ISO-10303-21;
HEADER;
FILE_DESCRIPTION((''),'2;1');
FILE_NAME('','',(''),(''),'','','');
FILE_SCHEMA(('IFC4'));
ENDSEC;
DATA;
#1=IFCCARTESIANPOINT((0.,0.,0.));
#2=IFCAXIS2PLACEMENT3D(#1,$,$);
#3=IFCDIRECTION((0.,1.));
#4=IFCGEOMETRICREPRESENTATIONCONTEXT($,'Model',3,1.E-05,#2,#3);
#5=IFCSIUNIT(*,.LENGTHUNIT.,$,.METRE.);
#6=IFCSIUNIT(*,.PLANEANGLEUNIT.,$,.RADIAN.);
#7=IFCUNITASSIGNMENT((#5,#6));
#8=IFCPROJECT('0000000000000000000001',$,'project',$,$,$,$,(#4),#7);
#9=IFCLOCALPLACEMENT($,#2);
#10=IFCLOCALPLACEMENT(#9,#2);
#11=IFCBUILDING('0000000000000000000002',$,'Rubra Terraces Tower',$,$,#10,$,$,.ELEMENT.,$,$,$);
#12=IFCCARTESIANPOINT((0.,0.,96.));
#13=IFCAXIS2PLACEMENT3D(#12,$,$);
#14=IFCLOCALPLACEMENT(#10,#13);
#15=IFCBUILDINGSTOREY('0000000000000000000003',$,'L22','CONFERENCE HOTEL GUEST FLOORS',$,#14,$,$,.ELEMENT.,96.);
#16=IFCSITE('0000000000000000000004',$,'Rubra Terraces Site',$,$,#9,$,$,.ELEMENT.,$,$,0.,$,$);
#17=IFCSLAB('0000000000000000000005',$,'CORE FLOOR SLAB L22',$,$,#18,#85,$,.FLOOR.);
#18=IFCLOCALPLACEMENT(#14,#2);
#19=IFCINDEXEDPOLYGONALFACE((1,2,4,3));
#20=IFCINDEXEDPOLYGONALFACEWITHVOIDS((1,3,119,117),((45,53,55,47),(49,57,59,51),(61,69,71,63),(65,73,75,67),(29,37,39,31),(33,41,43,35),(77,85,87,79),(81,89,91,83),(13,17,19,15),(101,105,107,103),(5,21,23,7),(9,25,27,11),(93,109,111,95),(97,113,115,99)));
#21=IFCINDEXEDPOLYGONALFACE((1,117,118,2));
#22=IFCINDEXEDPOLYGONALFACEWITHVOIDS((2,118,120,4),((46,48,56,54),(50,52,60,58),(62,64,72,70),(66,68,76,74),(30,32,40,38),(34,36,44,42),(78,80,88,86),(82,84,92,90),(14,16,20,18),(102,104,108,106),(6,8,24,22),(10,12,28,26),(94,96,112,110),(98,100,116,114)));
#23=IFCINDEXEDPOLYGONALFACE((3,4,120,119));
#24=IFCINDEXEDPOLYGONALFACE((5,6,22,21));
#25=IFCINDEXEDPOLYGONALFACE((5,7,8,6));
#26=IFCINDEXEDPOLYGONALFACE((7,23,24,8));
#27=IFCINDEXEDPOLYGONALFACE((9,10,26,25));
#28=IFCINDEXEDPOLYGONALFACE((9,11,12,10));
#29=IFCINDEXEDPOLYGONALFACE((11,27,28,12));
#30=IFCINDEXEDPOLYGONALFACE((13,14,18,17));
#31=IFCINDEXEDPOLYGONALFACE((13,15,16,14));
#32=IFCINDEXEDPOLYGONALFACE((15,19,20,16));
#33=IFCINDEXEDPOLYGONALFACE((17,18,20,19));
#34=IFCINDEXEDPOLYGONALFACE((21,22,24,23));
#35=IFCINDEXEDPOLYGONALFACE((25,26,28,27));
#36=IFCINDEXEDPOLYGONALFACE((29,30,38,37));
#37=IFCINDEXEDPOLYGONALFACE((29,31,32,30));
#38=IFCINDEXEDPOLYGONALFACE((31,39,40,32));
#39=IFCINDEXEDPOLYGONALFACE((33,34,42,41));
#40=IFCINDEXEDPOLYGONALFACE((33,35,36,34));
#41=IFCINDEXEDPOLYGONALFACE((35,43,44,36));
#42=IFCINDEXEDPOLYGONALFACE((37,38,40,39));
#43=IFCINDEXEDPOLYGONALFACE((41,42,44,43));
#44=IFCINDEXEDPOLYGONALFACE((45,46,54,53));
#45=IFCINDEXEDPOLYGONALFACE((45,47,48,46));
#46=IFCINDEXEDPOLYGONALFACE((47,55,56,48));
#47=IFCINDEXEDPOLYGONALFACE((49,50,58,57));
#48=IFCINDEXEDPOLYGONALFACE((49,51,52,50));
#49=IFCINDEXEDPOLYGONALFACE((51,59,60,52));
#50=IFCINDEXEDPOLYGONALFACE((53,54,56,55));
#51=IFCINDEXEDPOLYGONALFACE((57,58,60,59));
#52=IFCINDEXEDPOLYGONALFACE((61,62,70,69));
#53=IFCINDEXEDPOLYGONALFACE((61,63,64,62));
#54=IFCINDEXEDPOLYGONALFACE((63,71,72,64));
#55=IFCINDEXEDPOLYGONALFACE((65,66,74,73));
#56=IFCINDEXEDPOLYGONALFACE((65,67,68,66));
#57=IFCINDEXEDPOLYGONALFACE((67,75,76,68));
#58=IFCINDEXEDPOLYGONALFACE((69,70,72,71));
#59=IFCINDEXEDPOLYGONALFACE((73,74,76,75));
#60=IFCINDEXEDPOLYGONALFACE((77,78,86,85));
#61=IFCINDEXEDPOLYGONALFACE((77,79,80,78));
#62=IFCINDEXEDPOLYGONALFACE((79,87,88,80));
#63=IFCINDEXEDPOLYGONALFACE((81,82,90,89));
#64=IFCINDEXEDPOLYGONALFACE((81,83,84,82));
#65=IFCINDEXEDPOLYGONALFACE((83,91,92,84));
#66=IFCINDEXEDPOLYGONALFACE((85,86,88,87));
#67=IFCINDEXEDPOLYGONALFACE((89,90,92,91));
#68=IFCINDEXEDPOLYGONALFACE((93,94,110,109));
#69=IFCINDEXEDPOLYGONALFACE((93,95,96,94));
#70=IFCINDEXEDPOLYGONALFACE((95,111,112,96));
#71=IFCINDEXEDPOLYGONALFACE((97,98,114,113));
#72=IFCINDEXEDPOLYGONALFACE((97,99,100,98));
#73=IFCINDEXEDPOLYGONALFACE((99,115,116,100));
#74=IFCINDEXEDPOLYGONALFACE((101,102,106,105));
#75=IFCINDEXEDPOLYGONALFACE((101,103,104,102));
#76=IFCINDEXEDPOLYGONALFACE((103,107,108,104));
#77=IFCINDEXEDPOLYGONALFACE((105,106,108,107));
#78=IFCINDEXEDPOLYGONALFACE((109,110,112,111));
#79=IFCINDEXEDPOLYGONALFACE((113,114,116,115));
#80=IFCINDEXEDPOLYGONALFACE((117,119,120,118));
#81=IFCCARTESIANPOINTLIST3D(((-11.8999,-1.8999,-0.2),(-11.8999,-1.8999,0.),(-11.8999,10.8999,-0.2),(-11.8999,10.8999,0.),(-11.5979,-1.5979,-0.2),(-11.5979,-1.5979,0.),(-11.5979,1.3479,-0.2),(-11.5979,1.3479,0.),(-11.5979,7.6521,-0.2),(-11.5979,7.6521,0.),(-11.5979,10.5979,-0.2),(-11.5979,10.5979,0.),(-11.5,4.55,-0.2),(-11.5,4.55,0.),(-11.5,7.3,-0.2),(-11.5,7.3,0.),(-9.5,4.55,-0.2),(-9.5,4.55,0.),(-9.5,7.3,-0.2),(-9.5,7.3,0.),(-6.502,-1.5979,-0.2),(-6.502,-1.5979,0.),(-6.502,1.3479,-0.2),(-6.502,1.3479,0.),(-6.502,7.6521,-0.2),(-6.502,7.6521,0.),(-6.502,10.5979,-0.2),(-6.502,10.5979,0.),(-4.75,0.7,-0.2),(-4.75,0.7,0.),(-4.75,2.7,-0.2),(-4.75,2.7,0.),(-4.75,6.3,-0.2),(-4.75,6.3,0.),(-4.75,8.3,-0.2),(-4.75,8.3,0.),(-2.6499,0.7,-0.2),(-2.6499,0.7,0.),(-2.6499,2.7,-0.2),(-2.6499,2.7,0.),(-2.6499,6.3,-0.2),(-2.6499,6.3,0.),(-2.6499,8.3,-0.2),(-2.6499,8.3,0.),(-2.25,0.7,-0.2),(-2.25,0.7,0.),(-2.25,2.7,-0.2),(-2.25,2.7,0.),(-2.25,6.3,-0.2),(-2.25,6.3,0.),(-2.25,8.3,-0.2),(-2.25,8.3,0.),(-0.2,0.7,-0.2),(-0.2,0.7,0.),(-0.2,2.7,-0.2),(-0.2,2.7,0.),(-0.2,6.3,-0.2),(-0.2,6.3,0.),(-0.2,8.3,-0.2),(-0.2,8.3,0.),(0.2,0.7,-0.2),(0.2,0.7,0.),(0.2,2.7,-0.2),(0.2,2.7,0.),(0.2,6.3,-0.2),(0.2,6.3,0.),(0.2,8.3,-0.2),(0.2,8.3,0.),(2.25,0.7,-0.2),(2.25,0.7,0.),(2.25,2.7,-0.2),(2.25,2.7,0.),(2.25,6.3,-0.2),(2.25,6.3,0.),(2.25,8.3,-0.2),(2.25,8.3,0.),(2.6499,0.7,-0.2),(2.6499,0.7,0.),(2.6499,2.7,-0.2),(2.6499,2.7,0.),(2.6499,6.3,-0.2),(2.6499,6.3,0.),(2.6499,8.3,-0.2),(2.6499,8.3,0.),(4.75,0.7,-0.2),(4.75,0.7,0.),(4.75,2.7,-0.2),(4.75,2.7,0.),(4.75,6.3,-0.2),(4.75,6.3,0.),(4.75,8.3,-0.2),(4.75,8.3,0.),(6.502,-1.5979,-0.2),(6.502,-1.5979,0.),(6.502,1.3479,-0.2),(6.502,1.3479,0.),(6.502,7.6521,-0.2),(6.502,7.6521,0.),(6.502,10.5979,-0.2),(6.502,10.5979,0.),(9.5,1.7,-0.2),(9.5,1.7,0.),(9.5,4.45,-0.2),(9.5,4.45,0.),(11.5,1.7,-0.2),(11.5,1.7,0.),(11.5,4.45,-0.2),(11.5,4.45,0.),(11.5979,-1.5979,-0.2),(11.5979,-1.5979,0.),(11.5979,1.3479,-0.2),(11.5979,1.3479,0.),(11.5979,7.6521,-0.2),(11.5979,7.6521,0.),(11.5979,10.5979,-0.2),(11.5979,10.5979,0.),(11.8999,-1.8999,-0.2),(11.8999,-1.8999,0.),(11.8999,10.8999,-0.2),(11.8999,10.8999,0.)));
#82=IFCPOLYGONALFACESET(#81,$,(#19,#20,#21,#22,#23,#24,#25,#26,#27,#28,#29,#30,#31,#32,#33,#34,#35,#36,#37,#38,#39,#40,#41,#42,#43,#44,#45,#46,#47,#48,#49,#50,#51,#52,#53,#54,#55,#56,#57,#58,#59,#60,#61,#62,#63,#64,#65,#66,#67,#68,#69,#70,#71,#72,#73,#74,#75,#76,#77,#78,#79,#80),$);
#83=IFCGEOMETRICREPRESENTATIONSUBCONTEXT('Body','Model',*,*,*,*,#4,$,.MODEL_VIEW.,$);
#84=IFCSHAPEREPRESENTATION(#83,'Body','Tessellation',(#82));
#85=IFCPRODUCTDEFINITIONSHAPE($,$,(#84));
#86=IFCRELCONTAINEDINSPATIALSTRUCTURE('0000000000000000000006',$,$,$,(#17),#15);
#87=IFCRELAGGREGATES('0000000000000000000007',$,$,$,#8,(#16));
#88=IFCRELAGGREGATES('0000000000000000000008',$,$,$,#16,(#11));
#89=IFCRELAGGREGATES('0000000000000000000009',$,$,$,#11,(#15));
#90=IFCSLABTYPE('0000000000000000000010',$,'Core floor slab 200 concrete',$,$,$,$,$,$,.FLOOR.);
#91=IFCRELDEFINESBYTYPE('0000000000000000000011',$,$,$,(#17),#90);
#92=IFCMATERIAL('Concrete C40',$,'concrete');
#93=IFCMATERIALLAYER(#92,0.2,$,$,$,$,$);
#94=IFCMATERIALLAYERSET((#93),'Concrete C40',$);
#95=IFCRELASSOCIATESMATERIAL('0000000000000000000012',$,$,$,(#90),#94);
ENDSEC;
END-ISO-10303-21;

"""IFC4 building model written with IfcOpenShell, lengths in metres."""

from ifc_helpers import new_model, si_unit, direction, frame, origin, place, context, subcontext, project, spatial, polyline, outline, extrude, material, layer, layer_set, type_object, element, save


model = new_model("IFC4")

# Units and contexts
model_context = context("Model", 3, precision=1e-05, world=origin(), true_north=direction((0.0, 1.0)))
body_context = subcontext(model_context, "Body", "Model", "MODEL_VIEW")
ifc_project = project(units=[si_unit("LENGTHUNIT", "METRE"), si_unit("PLANEANGLEUNIT", "RADIAN")], contexts=[model_context])

# Site, building, storey
site_placement = place(None, origin())
site = spatial("IfcSite", under=ifc_project, at=site_placement, Name="Rubra Terraces Site", CompositionType="ELEMENT", RefElevation=0.0)
building_placement = place(site_placement, origin())
building = spatial("IfcBuilding", under=site, at=building_placement, Name="Rubra Terraces Tower", CompositionType="ELEMENT")
storey_placement = place(building_placement, frame((0.0, 0.0, 96.0)))
storey = spatial("IfcBuildingStorey", under=building, at=storey_placement, Name="L22", Description="CONFERENCE HOTEL GUEST FLOORS", CompositionType="ELEMENT", Elevation=96.0)

# Slab
ifc_material_1 = material(Name="Concrete C40", Category="concrete")
ifc_layer_1 = layer(ifc_material_1, 0.2)
ifc_layer_set_1 = layer_set([ifc_layer_1], Name="Concrete C40")
slab_type_1 = type_object("IfcSlabType", Name="Core floor slab 200 concrete", PredefinedType="FLOOR", material=ifc_layer_set_1)
slab_1_placement = place(storey_placement, frame((0.0, 0.0, -0.2)))
element("IfcSlab", 1, at=slab_1_placement, inside=storey, type_object=slab_type_1, Name="CORE FLOOR SLAB L22", PredefinedType="FLOOR", context=body_context, shape_type="SweptSolid", body=[
    extrude(outline(polyline([(-11.8999, -1.8999), (-11.8999, 10.8999), (11.8999, 10.8999), (11.8999, -1.8999), (-11.8999, -1.8999)]), holes=[polyline([(11.5979, 1.3479), (6.502, 1.3479), (6.502, -1.5979), (11.5979, -1.5979), (11.5979, 1.3479)]), polyline([(11.5979, 7.6521), (11.5979, 10.5979), (6.502, 10.5979), (6.502, 7.6521), (11.5979, 7.6521)]), polyline([(9.5, 1.7), (11.5, 1.7), (11.5, 4.45), (9.5, 4.45), (9.5, 1.7)]), polyline([(4.75, 0.7), (4.75, 2.7), (2.6499, 2.7), (2.6499, 0.7), (4.75, 0.7)]), polyline([(4.75, 6.3), (4.75, 8.3), (2.6499, 8.3), (2.6499, 6.3), (4.75, 6.3)]), polyline([(2.25, 0.7), (2.25, 2.7), (0.2, 2.7), (0.2, 0.7), (2.25, 0.7)]), polyline([(2.25, 6.3), (2.25, 8.3), (0.2, 8.3), (0.2, 6.3), (2.25, 6.3)]), polyline([(-0.2, 0.7), (-0.2, 2.7), (-2.25, 2.7), (-2.25, 0.7), (-0.2, 0.7)]), polyline([(-0.2, 6.3), (-0.2, 8.3), (-2.25, 8.3), (-2.25, 6.3), (-0.2, 6.3)]), polyline([(-2.6499, 0.7), (-2.6499, 2.7), (-4.75, 2.7), (-4.75, 0.7), (-2.6499, 0.7)]), polyline([(-2.6499, 8.3), (-4.75, 8.3), (-4.75, 6.3), (-2.6499, 6.3), (-2.6499, 8.3)]), polyline([(-11.5979, -1.5979), (-6.502, -1.5979), (-6.502, 1.3479), (-11.5979, 1.3479), (-11.5979, -1.5979)]), polyline([(-11.5979, 10.5979), (-11.5979, 7.6521), (-6.502, 7.6521), (-6.502, 10.5979), (-11.5979, 10.5979)]), polyline([(-9.5, 4.55), (-9.5, 7.3), (-11.5, 7.3), (-11.5, 4.55), (-9.5, 4.55)])]), origin(), (0.0, 0.0, 1.0), 0.2),
])

save(model, "model.ifc")
